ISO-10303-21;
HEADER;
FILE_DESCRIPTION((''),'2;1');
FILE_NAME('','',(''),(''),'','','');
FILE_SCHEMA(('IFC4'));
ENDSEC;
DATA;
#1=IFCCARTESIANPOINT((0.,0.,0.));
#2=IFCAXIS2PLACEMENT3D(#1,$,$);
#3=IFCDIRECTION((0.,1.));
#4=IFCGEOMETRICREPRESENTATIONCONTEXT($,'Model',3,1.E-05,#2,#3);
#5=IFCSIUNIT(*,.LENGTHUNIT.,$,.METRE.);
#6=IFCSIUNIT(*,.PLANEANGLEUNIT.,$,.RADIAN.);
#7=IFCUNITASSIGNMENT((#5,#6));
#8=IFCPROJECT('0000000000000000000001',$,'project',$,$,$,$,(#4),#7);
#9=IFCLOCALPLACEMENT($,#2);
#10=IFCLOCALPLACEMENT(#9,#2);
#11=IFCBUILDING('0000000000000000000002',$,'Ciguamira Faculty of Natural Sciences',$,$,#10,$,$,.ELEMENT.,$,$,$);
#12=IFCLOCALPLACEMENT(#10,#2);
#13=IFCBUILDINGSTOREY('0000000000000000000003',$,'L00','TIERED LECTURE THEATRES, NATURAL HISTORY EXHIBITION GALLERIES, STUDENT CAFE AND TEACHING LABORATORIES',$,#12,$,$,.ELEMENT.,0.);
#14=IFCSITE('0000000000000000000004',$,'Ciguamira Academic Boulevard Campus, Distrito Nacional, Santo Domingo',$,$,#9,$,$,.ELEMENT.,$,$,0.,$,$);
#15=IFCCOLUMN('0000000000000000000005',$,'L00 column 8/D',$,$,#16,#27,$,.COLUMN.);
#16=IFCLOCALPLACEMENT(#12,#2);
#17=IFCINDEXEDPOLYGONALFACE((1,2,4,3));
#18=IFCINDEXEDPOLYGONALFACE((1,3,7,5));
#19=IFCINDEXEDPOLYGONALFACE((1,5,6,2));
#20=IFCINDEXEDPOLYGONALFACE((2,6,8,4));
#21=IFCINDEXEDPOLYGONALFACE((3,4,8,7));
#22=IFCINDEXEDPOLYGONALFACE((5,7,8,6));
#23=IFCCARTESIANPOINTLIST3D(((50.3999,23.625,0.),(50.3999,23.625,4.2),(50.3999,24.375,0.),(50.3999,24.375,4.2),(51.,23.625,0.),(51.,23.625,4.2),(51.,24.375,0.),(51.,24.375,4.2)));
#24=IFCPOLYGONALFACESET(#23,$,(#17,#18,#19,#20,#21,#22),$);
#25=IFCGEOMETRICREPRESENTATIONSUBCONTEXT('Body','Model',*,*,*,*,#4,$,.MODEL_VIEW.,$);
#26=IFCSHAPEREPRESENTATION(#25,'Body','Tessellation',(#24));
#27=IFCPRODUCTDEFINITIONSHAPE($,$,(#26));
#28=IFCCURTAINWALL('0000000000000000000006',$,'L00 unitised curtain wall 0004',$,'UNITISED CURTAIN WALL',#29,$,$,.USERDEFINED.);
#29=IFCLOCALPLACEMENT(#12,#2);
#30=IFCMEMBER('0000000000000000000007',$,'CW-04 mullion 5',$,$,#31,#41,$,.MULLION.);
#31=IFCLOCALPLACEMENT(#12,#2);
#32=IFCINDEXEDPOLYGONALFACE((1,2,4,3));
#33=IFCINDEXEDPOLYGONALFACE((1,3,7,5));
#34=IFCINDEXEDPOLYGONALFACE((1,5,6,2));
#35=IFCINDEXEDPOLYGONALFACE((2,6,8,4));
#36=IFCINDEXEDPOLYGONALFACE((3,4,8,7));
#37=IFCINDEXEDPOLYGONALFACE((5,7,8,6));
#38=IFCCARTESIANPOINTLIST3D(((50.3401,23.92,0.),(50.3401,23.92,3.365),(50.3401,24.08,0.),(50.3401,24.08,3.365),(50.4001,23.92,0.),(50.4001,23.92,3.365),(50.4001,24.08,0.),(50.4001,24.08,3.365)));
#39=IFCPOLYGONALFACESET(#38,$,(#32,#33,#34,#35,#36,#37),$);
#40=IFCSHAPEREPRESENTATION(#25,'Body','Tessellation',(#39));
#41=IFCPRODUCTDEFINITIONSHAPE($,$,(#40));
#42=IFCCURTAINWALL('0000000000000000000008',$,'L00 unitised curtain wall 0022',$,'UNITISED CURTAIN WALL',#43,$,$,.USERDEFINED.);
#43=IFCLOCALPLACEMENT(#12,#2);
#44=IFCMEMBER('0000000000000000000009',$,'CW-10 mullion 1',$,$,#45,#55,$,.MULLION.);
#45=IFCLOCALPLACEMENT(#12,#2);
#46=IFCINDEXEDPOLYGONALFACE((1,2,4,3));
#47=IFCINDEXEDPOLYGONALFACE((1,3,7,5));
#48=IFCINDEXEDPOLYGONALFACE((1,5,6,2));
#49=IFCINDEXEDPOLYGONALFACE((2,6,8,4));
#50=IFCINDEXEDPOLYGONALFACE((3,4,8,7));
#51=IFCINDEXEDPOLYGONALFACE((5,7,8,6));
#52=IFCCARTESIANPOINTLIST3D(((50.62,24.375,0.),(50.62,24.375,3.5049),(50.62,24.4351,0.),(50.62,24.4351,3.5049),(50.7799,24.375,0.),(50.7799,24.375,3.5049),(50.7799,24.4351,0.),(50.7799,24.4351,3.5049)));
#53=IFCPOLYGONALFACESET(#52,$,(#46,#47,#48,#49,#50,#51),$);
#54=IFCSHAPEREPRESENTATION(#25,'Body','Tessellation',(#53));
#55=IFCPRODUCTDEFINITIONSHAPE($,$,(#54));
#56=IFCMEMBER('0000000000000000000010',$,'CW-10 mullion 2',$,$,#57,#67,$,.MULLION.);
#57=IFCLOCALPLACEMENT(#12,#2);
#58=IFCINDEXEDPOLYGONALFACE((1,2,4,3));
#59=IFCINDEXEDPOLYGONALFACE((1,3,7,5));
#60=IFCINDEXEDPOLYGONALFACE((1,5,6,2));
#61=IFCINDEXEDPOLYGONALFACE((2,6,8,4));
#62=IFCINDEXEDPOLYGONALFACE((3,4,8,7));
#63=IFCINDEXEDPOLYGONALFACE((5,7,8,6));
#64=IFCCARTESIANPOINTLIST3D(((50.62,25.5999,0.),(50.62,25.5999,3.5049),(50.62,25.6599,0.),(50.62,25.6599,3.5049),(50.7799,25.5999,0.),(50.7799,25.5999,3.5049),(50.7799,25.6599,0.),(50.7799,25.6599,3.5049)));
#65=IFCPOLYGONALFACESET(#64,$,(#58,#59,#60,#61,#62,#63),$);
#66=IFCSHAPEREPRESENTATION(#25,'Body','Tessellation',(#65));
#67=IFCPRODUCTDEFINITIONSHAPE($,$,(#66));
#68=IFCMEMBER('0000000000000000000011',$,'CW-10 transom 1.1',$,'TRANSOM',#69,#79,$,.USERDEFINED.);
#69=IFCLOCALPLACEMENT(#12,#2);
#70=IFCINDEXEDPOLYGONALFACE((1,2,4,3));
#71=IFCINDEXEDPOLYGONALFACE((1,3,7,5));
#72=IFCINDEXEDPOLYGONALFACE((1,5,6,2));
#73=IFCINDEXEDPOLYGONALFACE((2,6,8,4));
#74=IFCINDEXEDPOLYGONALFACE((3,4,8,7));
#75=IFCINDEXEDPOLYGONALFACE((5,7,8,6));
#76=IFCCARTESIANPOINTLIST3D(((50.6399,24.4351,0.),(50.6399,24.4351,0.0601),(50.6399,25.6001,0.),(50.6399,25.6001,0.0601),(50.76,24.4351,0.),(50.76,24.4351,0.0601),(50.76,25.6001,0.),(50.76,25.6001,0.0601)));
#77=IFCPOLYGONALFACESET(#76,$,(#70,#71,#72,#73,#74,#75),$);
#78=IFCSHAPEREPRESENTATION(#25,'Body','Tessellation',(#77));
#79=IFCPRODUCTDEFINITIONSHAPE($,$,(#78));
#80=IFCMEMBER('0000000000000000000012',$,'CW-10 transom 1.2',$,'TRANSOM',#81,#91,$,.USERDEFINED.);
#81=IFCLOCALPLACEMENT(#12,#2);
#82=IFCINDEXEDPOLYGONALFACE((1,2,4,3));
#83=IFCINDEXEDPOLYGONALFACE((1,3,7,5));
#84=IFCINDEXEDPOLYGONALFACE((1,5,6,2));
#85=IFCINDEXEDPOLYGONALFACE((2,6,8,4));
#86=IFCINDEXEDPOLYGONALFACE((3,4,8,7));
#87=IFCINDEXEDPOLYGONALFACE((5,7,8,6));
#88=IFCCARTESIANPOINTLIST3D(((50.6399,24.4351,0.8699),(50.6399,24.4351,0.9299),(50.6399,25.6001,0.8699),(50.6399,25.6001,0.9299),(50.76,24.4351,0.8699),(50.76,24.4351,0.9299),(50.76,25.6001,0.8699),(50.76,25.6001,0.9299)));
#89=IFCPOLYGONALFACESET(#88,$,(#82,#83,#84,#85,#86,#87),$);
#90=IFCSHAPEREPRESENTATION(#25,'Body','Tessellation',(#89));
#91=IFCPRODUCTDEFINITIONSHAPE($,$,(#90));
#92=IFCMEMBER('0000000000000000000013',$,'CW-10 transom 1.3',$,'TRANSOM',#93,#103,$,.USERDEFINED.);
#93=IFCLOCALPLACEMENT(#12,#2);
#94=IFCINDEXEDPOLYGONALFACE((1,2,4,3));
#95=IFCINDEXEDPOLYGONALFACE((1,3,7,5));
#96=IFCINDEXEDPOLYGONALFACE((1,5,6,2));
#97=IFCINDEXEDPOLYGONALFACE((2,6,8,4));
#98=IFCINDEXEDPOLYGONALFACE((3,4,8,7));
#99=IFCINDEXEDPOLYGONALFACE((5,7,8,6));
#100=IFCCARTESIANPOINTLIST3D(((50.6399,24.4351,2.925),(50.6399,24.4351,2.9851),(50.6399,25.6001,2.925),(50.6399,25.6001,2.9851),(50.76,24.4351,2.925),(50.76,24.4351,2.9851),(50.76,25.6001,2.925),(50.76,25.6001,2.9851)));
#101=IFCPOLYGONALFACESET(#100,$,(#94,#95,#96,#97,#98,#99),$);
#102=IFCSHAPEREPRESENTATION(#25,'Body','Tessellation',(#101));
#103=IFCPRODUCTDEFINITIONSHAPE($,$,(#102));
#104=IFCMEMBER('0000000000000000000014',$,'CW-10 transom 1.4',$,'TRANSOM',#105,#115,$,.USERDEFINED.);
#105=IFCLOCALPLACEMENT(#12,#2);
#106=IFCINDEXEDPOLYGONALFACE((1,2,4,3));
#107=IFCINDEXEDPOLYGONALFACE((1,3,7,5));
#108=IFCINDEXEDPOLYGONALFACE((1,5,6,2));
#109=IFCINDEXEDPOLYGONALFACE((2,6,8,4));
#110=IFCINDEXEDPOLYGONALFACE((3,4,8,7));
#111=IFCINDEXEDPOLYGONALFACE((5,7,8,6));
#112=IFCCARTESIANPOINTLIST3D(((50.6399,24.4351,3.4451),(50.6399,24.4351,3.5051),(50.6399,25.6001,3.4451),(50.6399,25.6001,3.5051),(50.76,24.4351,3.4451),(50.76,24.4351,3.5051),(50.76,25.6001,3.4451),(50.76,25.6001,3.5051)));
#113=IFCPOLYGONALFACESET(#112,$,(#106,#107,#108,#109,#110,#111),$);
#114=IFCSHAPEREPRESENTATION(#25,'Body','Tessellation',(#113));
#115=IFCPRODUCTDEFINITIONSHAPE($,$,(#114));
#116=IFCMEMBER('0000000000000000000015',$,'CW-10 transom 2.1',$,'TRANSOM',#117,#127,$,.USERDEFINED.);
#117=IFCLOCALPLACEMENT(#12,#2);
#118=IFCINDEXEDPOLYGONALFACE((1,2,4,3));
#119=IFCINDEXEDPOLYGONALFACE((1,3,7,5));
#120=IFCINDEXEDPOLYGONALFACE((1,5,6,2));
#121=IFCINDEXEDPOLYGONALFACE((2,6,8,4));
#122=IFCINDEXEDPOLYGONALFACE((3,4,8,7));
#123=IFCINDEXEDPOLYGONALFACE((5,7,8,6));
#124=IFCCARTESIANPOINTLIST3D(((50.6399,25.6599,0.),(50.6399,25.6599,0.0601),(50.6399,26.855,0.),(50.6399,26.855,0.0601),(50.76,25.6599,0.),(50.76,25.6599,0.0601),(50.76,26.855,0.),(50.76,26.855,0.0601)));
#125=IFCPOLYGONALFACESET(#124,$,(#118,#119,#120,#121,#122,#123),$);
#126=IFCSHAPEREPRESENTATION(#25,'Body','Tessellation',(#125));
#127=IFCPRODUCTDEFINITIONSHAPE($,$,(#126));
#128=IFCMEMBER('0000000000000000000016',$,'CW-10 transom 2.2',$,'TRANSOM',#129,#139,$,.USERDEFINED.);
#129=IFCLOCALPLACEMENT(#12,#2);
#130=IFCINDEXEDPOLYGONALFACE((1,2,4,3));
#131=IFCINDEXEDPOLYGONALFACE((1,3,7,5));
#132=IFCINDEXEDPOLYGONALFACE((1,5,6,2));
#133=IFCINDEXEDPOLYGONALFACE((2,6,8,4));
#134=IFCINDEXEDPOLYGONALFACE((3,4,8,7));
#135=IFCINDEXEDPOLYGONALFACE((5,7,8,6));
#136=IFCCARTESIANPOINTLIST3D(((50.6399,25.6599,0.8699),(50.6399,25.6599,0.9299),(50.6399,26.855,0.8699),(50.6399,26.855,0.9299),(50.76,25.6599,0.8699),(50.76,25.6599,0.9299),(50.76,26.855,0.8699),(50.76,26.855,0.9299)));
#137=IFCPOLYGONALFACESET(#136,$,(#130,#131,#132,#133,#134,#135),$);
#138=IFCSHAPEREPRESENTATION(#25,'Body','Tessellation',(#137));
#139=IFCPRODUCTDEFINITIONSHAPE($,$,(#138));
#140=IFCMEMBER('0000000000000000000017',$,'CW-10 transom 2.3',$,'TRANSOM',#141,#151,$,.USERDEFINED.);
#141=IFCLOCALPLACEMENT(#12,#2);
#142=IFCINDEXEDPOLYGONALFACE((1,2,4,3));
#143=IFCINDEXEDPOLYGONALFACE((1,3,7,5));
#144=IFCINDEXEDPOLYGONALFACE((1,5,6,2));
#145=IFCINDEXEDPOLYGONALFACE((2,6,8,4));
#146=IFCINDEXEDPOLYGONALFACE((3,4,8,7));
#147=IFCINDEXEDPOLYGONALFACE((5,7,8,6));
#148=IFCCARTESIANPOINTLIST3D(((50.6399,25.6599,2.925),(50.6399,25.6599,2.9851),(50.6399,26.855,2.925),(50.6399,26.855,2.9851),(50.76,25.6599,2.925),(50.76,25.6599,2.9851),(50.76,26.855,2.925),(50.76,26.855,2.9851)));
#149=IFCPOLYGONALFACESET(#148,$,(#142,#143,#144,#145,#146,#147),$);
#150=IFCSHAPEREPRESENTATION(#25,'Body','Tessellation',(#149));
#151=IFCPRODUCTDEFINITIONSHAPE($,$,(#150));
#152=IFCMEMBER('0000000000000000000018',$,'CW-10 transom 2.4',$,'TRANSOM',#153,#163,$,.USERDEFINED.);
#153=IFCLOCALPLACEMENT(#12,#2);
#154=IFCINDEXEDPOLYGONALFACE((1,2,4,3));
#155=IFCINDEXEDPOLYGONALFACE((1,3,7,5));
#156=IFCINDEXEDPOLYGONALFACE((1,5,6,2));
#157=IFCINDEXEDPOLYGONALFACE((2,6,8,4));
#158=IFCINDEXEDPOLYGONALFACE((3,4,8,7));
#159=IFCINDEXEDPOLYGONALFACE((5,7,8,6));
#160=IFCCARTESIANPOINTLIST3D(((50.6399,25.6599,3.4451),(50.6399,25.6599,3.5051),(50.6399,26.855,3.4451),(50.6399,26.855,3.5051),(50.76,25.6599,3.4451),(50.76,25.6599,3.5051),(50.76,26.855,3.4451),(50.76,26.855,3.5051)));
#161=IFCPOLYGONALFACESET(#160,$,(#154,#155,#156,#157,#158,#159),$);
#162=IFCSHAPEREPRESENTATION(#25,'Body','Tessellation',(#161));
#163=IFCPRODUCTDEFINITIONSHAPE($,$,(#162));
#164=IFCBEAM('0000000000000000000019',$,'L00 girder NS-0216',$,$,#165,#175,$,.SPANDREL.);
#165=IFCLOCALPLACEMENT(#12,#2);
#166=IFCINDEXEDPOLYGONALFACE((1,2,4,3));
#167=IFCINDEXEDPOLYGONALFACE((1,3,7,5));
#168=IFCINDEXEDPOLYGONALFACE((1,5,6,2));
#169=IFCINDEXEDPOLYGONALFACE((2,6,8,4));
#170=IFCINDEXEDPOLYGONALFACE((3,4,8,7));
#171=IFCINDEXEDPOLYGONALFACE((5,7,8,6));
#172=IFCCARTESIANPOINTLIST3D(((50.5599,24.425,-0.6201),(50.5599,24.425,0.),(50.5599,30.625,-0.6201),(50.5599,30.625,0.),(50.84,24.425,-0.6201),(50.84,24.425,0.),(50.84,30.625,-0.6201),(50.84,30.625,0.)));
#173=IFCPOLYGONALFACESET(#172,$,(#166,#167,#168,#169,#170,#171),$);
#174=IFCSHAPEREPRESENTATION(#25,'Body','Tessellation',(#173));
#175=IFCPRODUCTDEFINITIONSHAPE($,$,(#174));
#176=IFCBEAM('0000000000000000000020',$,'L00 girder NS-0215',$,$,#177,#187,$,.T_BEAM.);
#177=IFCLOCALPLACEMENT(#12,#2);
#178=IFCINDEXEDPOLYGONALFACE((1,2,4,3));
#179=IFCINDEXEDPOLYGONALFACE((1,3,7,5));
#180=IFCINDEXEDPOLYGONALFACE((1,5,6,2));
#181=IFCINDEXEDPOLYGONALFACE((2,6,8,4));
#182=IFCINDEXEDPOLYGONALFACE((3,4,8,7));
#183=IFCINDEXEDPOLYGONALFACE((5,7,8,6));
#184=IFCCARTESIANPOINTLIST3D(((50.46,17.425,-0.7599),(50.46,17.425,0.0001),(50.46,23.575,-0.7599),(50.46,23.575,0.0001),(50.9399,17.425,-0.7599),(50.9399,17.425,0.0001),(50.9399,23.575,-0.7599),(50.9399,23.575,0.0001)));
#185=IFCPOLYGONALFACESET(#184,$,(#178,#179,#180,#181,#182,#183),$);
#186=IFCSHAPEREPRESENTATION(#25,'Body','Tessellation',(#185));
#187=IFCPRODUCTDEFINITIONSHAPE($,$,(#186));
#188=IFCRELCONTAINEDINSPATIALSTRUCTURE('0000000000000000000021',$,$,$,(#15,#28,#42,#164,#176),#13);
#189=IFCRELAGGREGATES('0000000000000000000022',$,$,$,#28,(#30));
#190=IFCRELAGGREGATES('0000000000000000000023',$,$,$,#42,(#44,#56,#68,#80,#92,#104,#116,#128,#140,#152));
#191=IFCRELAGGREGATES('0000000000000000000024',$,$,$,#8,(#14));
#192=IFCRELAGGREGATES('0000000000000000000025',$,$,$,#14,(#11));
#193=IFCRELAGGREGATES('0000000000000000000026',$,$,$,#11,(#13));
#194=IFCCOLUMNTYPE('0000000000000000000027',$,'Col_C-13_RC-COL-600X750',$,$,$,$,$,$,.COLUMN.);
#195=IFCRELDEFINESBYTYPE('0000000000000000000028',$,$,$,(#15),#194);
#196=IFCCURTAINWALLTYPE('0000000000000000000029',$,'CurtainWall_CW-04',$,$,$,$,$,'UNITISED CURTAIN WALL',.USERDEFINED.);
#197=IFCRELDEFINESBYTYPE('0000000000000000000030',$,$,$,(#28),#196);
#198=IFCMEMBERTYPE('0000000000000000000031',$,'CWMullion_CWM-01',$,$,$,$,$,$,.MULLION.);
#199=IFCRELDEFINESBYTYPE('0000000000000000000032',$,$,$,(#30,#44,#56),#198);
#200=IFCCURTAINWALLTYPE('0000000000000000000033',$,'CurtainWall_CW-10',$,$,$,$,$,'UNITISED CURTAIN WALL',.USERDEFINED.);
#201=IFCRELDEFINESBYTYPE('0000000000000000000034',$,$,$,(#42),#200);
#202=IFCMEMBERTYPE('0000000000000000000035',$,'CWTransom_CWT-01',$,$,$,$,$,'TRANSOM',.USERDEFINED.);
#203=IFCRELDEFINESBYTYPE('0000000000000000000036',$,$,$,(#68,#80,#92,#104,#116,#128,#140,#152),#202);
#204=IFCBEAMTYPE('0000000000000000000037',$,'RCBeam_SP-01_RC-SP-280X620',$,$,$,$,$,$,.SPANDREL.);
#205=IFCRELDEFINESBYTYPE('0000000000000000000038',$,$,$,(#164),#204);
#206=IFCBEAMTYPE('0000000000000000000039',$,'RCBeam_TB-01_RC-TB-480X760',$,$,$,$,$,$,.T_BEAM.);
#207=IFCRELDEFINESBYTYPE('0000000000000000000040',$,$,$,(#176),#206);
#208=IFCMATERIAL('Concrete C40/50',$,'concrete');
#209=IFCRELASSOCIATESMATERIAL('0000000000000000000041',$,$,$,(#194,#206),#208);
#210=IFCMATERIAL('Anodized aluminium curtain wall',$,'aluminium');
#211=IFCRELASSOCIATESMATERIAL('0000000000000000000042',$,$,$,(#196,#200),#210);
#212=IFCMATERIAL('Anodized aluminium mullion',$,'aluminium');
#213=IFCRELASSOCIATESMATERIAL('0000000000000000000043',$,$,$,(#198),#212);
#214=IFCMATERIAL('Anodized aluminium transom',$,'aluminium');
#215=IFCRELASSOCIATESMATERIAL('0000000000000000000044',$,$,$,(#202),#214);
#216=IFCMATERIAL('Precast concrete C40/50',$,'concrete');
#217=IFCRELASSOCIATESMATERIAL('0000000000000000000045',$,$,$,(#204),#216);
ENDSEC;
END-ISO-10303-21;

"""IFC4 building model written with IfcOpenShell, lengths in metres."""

from ifc_helpers import new_model, si_unit, direction, frame, origin, origin_2d, place, context, subcontext, project, spatial, rectangle, extrude, material, material_profile, profile_set, type_object, element, aggregate, save


model = new_model("IFC4")

# Units and contexts
model_context = context("Model", 3, precision=1e-05, world=origin(), true_north=direction((0.0, 1.0)))
body_context = subcontext(model_context, "Body", "Model", "MODEL_VIEW")
ifc_project = project(units=[si_unit("LENGTHUNIT", "METRE"), si_unit("PLANEANGLEUNIT", "RADIAN")], contexts=[model_context])

# Site, building, storey
site_placement = place(None, origin())
site = spatial("IfcSite", under=ifc_project, at=site_placement, Name="Ciguamira Academic Boulevard Campus, Distrito Nacional, Santo Domingo", CompositionType="ELEMENT", RefElevation=0.0)
building_placement = place(site_placement, origin())
building = spatial("IfcBuilding", under=site, at=building_placement, Name="Ciguamira Faculty of Natural Sciences", CompositionType="ELEMENT")
storey_placement = place(building_placement, origin())
storey = spatial("IfcBuildingStorey", under=building, at=storey_placement, Name="L00", Description="TIERED LECTURE THEATRES, NATURAL HISTORY EXHIBITION GALLERIES, STUDENT CAFE AND TEACHING LABORATORIES", CompositionType="ELEMENT", Elevation=0.0)

# Column
ifc_material_1 = material(Name="Concrete C40/50", Category="concrete")
ifc_material_profile_1 = material_profile(ifc_material_1, rectangle(XDim=0.6001, YDim=0.75, at=origin_2d()), Name="RC-COL-600X750")
ifc_profile_set_1 = profile_set([ifc_material_profile_1], Name="Concrete C40/50")
column_type = type_object("IfcColumnType", Name="Col_C-13_RC-COL-600X750", PredefinedType="COLUMN", material=ifc_profile_set_1)
column_placement = place(storey_placement, frame((50.7, 24.0, 0.0), z_axis=(0.0, 0.0, 1.0), x_axis=(1.0, 0.0, 0.0)))
element("IfcColumn", 1, at=column_placement, inside=storey, type_object=column_type, Name="L00 column 8/D", PredefinedType="COLUMN", context=body_context, shape_type="SweptSolid", body=[
    extrude(rectangle(XDim=0.6001, YDim=0.75, at=origin_2d()), origin(), (0.0, 0.0, 1.0), 4.2),
])

# Curtain wall, member
ifc_material_2 = material(Name="Anodized aluminium curtain wall", Category="aluminium")
curtain_wall_type_1 = type_object("IfcCurtainWallType", Name="CurtainWall_CW-04", ElementType="UNITISED CURTAIN WALL", PredefinedType="USERDEFINED", material=ifc_material_2)
curtain_wall_1_placement = place(storey_placement, origin())
curtain_wall_1 = element("IfcCurtainWall", 2, at=curtain_wall_1_placement, inside=storey, type_object=curtain_wall_type_1, Name="L00 unitised curtain wall 0004", ObjectType="UNITISED CURTAIN WALL", PredefinedType="USERDEFINED")
ifc_material_3 = material(Name="Anodized aluminium mullion", Category="aluminium")
ifc_material_profile_2 = material_profile(ifc_material_3, rectangle(XDim=0.0601, YDim=0.1599, at=origin_2d()), Name="ALU-MUL-60X160")
ifc_profile_set_2 = profile_set([ifc_material_profile_2], Name="Anodized aluminium mullion")
member_type_1 = type_object("IfcMemberType", Name="CWMullion_CWM-01", PredefinedType="MULLION", material=ifc_profile_set_2)
member_1_placement = place(storey_placement, frame((50.3701, 24.0, 0.0), z_axis=(0.0, 0.0, 1.0), x_axis=(1.0, 0.0, 0.0)))
member_1 = element("IfcMember", 3, at=member_1_placement, type_object=member_type_1, Name="CW-04 mullion 5", PredefinedType="MULLION", context=body_context, shape_type="SweptSolid", body=[
    extrude(rectangle(XDim=0.0601, YDim=0.1599, at=origin_2d()), origin(), (0.0, 0.0, 1.0), 3.365),
])
aggregate(curtain_wall_1, [member_1])

# Curtain wall, members
curtain_wall_type_2 = type_object("IfcCurtainWallType", Name="CurtainWall_CW-10", ElementType="UNITISED CURTAIN WALL", PredefinedType="USERDEFINED", material=ifc_material_2)
curtain_wall_2_placement = place(storey_placement, origin())
curtain_wall_2 = element("IfcCurtainWall", 4, at=curtain_wall_2_placement, inside=storey, type_object=curtain_wall_type_2, Name="L00 unitised curtain wall 0022", ObjectType="UNITISED CURTAIN WALL", PredefinedType="USERDEFINED")
member_2_placement = place(storey_placement, frame((50.7, 24.405, 0.0), z_axis=(0.0, 0.0, 1.0), x_axis=(0.0, 1.0, 0.0)))
member_2 = element("IfcMember", 5, at=member_2_placement, type_object=member_type_1, Name="CW-10 mullion 1", PredefinedType="MULLION", context=body_context, shape_type="SweptSolid", body=[
    extrude(rectangle(XDim=0.0601, YDim=0.1599, at=origin_2d()), origin(), (0.0, 0.0, 1.0), 3.5049),
])
member_3_placement = place(storey_placement, frame((50.7, 25.6299, 0.0), z_axis=(0.0, 0.0, 1.0), x_axis=(0.0, 1.0, 0.0)))
member_3 = element("IfcMember", 6, at=member_3_placement, type_object=member_type_1, Name="CW-10 mullion 2", PredefinedType="MULLION", context=body_context, shape_type="SweptSolid", body=[
    extrude(rectangle(XDim=0.0601, YDim=0.1599, at=origin_2d()), origin(), (0.0, 0.0, 1.0), 3.5049),
])
ifc_material_4 = material(Name="Anodized aluminium transom", Category="aluminium")
ifc_material_profile_3 = material_profile(ifc_material_4, rectangle(XDim=0.0601, YDim=0.1201, at=origin_2d()), Name="ALU-TRN-60X120")
ifc_profile_set_3 = profile_set([ifc_material_profile_3], Name="Anodized aluminium transom")
member_type_2 = type_object("IfcMemberType", Name="CWTransom_CWT-01", ElementType="TRANSOM", PredefinedType="USERDEFINED", material=ifc_profile_set_3)
member_4_placement = place(storey_placement, frame((50.7, 24.4351, 0.03), z_axis=(0.0, 1.0, 0.0), x_axis=(0.0, 0.0, 1.0)))
member_4 = element("IfcMember", 7, at=member_4_placement, type_object=member_type_2, Name="CW-10 transom 1.1", ObjectType="TRANSOM", PredefinedType="USERDEFINED", context=body_context, shape_type="SweptSolid", body=[
    extrude(rectangle(XDim=0.0601, YDim=0.1201, at=origin_2d()), origin(), (0.0, 0.0, 1.0), 1.165),
])
member_5_placement = place(storey_placement, frame((50.7, 24.4351, 0.8999), z_axis=(0.0, 1.0, 0.0), x_axis=(0.0, 0.0, 1.0)))
member_5 = element("IfcMember", 8, at=member_5_placement, type_object=member_type_2, Name="CW-10 transom 1.2", ObjectType="TRANSOM", PredefinedType="USERDEFINED", context=body_context, shape_type="SweptSolid", body=[
    extrude(rectangle(XDim=0.0601, YDim=0.1201, at=origin_2d()), origin(), (0.0, 0.0, 1.0), 1.165),
])
member_6_placement = place(storey_placement, frame((50.7, 24.4351, 2.9551), z_axis=(0.0, 1.0, 0.0), x_axis=(0.0, 0.0, 1.0)))
member_6 = element("IfcMember", 9, at=member_6_placement, type_object=member_type_2, Name="CW-10 transom 1.3", ObjectType="TRANSOM", PredefinedType="USERDEFINED", context=body_context, shape_type="SweptSolid", body=[
    extrude(rectangle(XDim=0.0601, YDim=0.1201, at=origin_2d()), origin(), (0.0, 0.0, 1.0), 1.165),
])
member_7_placement = place(storey_placement, frame((50.7, 24.4351, 3.4751), z_axis=(0.0, 1.0, 0.0), x_axis=(0.0, 0.0, 1.0)))
member_7 = element("IfcMember", 10, at=member_7_placement, type_object=member_type_2, Name="CW-10 transom 1.4", ObjectType="TRANSOM", PredefinedType="USERDEFINED", context=body_context, shape_type="SweptSolid", body=[
    extrude(rectangle(XDim=0.0601, YDim=0.1201, at=origin_2d()), origin(), (0.0, 0.0, 1.0), 1.165),
])
member_8_placement = place(storey_placement, frame((50.7, 25.6599, 0.03), z_axis=(0.0, 1.0, 0.0), x_axis=(0.0, 0.0, 1.0)))
member_8 = element("IfcMember", 11, at=member_8_placement, type_object=member_type_2, Name="CW-10 transom 2.1", ObjectType="TRANSOM", PredefinedType="USERDEFINED", context=body_context, shape_type="SweptSolid", body=[
    extrude(rectangle(XDim=0.0601, YDim=0.1201, at=origin_2d()), origin(), (0.0, 0.0, 1.0), 1.1951),
])
member_9_placement = place(storey_placement, frame((50.7, 25.6599, 0.8999), z_axis=(0.0, 1.0, 0.0), x_axis=(0.0, 0.0, 1.0)))
member_9 = element("IfcMember", 12, at=member_9_placement, type_object=member_type_2, Name="CW-10 transom 2.2", ObjectType="TRANSOM", PredefinedType="USERDEFINED", context=body_context, shape_type="SweptSolid", body=[
    extrude(rectangle(XDim=0.0601, YDim=0.1201, at=origin_2d()), origin(), (0.0, 0.0, 1.0), 1.1951),
])
member_10_placement = place(storey_placement, frame((50.7, 25.6599, 2.9551), z_axis=(0.0, 1.0, 0.0), x_axis=(0.0, 0.0, 1.0)))
member_10 = element("IfcMember", 13, at=member_10_placement, type_object=member_type_2, Name="CW-10 transom 2.3", ObjectType="TRANSOM", PredefinedType="USERDEFINED", context=body_context, shape_type="SweptSolid", body=[
    extrude(rectangle(XDim=0.0601, YDim=0.1201, at=origin_2d()), origin(), (0.0, 0.0, 1.0), 1.1951),
])
member_11_placement = place(storey_placement, frame((50.7, 25.6599, 3.4751), z_axis=(0.0, 1.0, 0.0), x_axis=(0.0, 0.0, 1.0)))
member_11 = element("IfcMember", 14, at=member_11_placement, type_object=member_type_2, Name="CW-10 transom 2.4", ObjectType="TRANSOM", PredefinedType="USERDEFINED", context=body_context, shape_type="SweptSolid", body=[
    extrude(rectangle(XDim=0.0601, YDim=0.1201, at=origin_2d()), origin(), (0.0, 0.0, 1.0), 1.1951),
])

# Beams
ifc_material_5 = material(Name="Precast concrete C40/50", Category="concrete")
ifc_material_profile_4 = material_profile(ifc_material_5, rectangle(XDim=0.28, YDim=0.6201, at=origin_2d()), Name="RC-SP-280X620")
ifc_profile_set_4 = profile_set([ifc_material_profile_4], Name="Precast concrete C40/50")
beam_type_1 = type_object("IfcBeamType", Name="RCBeam_SP-01_RC-SP-280X620", PredefinedType="SPANDREL", material=ifc_profile_set_4)
beam_1_placement = place(storey_placement, frame((50.7, 24.425, -0.3101), z_axis=(0.0, 1.0, 0.0), x_axis=(-1.0, 0.0, 0.0)))
element("IfcBeam", 15, at=beam_1_placement, inside=storey, type_object=beam_type_1, Name="L00 girder NS-0216", PredefinedType="SPANDREL", context=body_context, shape_type="SweptSolid", body=[
    extrude(rectangle(XDim=0.28, YDim=0.6201, at=origin_2d()), origin(), (0.0, 0.0, 1.0), 6.2),
])
ifc_material_profile_5 = material_profile(ifc_material_1, rectangle(XDim=0.48, YDim=0.76, at=origin_2d()), Name="RC-TB-480X760")
ifc_profile_set_5 = profile_set([ifc_material_profile_5], Name="Concrete C40/50")
beam_type_2 = type_object("IfcBeamType", Name="RCBeam_TB-01_RC-TB-480X760", PredefinedType="T_BEAM", material=ifc_profile_set_5)
beam_2_placement = place(storey_placement, frame((50.7, 17.425, -0.3799), z_axis=(0.0, 1.0, 0.0), x_axis=(-1.0, 0.0, 0.0)))
element("IfcBeam", 16, at=beam_2_placement, inside=storey, type_object=beam_type_2, Name="L00 girder NS-0215", PredefinedType="T_BEAM", context=body_context, shape_type="SweptSolid", body=[
    extrude(rectangle(XDim=0.48, YDim=0.76, at=origin_2d()), origin(), (0.0, 0.0, 1.0), 6.1499),
])

aggregate(curtain_wall_2, [member_2, member_3, member_4, member_5, member_6, member_7, member_8, member_9, member_10, member_11])

save(model, "model.ifc")
